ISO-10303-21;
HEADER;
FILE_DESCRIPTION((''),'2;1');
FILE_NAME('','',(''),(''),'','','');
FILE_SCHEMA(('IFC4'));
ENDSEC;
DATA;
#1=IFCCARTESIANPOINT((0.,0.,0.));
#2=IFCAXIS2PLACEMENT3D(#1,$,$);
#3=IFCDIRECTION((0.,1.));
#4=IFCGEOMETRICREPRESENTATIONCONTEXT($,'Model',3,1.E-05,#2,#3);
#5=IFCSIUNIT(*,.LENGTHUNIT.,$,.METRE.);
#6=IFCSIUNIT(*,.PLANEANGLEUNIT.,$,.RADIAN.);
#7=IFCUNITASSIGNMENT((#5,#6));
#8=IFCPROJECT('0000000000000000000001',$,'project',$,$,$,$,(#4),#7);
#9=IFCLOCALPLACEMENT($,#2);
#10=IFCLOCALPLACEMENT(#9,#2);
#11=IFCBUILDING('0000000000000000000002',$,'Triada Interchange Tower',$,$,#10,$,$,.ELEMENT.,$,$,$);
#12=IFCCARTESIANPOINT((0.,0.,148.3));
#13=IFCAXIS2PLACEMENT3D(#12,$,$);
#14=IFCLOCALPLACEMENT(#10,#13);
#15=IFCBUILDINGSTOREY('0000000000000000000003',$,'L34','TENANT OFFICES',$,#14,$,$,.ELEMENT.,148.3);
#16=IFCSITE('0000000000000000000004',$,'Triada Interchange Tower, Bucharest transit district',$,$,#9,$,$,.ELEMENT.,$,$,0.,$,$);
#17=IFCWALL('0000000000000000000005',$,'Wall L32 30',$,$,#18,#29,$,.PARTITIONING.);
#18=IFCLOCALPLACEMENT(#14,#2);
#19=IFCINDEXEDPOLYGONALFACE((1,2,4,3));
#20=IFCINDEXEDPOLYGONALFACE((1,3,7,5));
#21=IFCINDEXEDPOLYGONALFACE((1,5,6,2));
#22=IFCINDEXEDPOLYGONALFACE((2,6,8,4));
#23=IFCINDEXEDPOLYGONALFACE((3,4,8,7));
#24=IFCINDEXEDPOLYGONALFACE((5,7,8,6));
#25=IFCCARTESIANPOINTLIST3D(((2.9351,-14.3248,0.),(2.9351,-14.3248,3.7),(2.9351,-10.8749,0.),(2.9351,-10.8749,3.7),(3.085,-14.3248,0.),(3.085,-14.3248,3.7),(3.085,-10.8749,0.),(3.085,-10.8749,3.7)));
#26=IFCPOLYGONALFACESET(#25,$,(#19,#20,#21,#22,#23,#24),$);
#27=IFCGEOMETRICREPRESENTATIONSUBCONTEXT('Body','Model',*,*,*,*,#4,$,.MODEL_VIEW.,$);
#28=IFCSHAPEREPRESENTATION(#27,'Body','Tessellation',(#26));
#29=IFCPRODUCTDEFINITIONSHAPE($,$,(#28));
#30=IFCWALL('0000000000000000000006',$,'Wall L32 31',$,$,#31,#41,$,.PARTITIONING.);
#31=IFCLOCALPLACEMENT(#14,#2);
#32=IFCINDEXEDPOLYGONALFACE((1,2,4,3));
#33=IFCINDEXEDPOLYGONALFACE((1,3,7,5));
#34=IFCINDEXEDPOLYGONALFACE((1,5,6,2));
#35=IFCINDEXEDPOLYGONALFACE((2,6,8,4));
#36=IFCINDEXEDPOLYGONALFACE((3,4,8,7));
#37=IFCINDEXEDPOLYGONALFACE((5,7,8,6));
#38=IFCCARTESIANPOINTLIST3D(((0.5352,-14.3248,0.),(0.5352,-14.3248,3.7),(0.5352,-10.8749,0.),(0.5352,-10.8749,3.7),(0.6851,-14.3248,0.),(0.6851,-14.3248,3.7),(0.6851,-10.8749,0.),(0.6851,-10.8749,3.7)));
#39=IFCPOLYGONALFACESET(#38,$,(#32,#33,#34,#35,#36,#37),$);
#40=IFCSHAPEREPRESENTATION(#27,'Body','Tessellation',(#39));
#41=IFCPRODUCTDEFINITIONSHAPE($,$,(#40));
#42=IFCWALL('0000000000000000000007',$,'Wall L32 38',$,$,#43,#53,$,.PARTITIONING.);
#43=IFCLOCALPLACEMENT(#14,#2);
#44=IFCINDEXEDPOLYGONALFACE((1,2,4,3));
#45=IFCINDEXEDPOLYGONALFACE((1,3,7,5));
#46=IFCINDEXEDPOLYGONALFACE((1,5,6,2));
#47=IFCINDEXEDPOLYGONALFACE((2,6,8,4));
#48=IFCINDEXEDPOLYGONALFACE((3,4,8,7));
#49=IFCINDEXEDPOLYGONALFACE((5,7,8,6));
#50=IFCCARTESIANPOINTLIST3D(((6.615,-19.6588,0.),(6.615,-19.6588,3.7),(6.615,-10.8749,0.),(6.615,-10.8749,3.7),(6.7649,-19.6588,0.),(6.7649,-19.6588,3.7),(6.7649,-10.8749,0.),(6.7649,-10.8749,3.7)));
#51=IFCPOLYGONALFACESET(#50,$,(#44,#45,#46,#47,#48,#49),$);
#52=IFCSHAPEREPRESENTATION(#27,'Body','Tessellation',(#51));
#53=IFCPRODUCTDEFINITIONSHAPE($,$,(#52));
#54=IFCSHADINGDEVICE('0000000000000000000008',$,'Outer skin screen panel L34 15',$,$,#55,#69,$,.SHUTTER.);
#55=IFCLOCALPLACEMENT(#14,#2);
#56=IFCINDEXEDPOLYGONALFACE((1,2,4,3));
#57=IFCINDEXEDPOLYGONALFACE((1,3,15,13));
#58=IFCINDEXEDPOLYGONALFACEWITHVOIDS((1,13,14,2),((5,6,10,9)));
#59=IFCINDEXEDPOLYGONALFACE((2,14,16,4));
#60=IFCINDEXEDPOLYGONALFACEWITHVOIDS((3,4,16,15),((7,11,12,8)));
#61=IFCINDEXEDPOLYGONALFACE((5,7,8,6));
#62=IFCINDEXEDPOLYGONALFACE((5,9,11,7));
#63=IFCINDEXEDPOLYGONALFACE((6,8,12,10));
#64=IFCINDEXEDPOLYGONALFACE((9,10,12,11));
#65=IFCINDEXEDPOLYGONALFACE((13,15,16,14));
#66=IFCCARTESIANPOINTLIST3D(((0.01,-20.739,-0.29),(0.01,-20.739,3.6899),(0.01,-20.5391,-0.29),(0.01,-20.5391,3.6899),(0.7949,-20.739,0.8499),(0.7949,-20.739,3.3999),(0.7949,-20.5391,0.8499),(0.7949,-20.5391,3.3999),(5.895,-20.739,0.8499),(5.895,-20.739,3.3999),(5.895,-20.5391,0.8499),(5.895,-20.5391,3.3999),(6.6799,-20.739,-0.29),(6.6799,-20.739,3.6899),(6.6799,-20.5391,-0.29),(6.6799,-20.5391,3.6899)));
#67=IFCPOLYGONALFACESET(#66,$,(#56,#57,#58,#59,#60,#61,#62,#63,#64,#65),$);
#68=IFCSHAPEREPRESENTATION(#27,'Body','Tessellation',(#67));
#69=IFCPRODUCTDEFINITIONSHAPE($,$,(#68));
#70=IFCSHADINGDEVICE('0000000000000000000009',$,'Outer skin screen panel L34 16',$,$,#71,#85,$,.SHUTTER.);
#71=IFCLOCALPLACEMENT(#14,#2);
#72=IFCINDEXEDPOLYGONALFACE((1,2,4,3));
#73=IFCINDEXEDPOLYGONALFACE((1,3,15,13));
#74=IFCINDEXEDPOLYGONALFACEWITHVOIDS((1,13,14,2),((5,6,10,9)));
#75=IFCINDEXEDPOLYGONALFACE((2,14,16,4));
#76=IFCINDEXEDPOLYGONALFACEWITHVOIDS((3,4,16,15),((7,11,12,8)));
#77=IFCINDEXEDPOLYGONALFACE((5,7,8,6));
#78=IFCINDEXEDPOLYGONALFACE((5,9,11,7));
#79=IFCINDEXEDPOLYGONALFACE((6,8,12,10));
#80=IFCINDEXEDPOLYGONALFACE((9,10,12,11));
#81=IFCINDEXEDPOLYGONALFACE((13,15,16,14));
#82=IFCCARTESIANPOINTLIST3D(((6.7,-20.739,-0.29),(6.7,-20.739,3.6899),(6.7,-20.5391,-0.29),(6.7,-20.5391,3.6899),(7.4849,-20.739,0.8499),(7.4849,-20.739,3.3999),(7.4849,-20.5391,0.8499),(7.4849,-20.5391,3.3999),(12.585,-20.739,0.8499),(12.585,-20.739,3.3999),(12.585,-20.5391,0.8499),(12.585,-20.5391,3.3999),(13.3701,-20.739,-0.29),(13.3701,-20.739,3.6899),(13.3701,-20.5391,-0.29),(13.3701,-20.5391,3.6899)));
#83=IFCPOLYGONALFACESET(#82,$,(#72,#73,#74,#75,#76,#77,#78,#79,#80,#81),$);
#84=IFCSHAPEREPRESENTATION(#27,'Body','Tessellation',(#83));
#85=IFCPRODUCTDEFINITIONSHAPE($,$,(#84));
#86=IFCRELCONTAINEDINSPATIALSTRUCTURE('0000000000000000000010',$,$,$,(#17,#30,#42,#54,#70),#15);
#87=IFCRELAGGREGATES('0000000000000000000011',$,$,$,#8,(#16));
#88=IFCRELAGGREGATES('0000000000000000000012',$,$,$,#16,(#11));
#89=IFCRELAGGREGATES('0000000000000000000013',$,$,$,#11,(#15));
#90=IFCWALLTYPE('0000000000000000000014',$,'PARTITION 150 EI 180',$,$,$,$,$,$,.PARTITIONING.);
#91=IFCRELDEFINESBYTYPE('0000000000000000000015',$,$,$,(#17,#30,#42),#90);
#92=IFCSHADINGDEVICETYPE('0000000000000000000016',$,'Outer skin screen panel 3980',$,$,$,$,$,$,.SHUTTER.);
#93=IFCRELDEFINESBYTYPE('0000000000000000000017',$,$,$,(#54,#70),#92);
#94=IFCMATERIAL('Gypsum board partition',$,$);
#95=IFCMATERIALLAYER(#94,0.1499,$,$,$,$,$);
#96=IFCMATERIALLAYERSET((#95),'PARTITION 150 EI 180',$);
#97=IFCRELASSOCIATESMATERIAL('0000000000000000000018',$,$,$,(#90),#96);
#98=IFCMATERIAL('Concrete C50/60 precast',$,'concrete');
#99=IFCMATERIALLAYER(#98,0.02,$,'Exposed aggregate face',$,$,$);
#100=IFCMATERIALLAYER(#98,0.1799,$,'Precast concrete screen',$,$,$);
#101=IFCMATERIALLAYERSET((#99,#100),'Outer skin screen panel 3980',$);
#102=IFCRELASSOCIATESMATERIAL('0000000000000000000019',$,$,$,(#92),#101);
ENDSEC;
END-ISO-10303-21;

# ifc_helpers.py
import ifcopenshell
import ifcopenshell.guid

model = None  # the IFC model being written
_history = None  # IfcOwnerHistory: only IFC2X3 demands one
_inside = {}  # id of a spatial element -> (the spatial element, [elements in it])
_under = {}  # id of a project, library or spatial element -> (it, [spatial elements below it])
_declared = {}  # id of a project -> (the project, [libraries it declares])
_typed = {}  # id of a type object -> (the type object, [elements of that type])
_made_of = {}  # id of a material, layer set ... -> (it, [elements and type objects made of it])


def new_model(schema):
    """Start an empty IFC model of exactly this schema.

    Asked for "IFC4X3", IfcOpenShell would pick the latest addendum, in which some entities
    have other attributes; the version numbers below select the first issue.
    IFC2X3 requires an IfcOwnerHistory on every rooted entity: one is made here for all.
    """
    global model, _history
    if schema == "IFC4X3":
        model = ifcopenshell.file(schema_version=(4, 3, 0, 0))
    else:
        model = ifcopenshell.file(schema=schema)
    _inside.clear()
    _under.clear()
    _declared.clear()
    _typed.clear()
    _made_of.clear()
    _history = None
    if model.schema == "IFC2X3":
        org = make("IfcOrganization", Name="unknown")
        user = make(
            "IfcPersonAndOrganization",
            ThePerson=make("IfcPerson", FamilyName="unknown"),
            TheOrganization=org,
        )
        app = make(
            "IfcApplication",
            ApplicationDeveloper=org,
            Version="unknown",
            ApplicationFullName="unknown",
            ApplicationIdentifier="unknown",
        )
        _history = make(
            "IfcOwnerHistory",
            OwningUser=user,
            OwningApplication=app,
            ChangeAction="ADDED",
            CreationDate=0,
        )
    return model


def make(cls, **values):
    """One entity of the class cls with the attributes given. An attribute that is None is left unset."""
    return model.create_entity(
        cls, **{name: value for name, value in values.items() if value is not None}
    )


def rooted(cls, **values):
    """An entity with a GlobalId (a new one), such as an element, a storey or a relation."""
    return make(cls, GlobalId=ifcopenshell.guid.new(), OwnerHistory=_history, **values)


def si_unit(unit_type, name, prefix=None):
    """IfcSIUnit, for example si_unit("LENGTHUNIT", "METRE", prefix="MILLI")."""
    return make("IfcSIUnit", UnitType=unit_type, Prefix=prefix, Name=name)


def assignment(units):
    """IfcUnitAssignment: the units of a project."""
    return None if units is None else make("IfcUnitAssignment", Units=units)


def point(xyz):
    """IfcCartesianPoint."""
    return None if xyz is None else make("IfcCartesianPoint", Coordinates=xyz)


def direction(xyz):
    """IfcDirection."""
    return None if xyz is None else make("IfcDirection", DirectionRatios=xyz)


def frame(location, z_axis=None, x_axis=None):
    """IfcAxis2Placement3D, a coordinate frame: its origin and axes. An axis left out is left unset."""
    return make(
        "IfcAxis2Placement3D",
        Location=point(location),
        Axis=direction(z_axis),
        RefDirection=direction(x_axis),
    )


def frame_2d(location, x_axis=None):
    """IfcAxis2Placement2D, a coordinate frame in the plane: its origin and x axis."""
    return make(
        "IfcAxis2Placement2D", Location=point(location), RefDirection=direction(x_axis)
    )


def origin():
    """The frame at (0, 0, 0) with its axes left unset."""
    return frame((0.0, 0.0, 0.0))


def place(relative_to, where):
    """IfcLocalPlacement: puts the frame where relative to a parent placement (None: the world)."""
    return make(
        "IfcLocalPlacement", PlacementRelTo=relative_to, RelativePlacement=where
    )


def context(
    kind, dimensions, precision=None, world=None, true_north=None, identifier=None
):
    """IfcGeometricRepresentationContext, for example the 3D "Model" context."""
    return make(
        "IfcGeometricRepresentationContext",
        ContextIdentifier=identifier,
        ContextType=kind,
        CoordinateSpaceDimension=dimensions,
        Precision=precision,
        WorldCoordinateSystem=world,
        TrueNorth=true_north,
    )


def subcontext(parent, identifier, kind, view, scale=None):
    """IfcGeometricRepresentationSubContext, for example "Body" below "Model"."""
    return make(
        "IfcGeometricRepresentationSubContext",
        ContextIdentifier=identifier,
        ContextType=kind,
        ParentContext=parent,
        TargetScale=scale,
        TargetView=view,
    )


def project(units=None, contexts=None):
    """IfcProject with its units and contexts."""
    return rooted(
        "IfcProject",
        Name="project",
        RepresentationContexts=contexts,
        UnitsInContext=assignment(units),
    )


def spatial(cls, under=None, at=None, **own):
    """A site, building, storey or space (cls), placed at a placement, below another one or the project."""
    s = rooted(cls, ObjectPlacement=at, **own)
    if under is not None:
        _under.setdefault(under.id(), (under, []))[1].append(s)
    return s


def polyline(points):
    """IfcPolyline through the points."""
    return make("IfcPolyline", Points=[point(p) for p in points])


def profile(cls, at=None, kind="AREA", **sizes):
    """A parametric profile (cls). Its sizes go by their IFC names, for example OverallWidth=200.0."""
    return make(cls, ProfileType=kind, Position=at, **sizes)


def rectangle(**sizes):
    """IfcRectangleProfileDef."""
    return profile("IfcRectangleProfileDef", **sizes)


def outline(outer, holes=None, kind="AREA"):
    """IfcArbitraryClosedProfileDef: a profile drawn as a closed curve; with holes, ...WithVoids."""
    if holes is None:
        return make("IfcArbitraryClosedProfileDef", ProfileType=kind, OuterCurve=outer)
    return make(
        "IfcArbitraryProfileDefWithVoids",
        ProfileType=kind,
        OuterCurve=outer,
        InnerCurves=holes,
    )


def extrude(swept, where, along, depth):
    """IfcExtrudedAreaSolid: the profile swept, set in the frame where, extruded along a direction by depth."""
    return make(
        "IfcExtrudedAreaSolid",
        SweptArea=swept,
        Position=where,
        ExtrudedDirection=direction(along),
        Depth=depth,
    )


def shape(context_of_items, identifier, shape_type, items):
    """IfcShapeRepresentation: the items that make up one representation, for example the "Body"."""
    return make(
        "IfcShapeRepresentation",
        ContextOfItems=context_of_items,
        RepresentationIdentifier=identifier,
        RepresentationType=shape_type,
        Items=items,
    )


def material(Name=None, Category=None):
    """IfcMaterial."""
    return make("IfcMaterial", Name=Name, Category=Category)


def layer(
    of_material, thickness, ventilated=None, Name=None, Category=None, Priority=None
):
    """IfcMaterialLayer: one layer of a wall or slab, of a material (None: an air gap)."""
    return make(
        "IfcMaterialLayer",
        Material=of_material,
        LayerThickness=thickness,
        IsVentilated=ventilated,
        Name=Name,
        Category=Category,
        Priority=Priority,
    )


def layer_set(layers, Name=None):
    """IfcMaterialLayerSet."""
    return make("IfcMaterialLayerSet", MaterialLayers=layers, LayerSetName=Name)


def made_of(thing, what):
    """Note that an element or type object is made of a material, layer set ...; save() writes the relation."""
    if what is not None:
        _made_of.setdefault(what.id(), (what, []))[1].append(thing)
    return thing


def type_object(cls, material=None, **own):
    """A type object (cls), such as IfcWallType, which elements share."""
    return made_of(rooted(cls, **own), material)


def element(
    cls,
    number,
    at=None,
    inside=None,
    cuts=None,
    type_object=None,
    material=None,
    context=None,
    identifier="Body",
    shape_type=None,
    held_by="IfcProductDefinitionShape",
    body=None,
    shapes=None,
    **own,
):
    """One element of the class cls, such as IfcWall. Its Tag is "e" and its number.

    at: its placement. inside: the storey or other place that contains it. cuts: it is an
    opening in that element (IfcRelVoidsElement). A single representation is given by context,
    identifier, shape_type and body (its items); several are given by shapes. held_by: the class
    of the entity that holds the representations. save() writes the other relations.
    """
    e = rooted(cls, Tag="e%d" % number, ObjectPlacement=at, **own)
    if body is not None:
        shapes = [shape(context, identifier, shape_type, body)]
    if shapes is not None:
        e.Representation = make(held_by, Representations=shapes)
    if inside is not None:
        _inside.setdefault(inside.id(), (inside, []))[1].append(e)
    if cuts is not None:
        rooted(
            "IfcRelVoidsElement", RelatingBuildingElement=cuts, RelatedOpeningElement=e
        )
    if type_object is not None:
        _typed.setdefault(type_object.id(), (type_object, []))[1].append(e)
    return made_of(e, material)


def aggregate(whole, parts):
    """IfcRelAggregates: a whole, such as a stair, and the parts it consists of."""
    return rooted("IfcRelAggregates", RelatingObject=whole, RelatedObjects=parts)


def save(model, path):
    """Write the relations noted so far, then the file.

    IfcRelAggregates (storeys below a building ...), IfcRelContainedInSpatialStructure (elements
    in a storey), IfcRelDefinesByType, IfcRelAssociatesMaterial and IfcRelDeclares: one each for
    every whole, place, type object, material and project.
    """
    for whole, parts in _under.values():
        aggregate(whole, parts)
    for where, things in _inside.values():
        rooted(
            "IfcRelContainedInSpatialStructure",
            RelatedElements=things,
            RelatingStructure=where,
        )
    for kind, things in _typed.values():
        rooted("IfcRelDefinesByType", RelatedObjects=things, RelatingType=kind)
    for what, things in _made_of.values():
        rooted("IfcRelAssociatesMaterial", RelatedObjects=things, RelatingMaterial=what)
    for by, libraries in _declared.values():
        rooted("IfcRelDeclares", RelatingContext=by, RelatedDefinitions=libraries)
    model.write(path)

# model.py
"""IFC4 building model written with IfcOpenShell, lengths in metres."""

from ifc_helpers import new_model, si_unit, direction, frame, frame_2d, origin, place, context, subcontext, project, spatial, polyline, rectangle, outline, extrude, material, layer, layer_set, type_object, element, save


model = new_model("IFC4")

# Units and contexts
model_context = context("Model", 3, precision=1e-05, world=origin(), true_north=direction((0.0, 1.0)))
body_context = subcontext(model_context, "Body", "Model", "MODEL_VIEW")
ifc_project = project(units=[si_unit("LENGTHUNIT", "METRE"), si_unit("PLANEANGLEUNIT", "RADIAN")], contexts=[model_context])

# Site, building, storey
site_placement = place(None, origin())
site = spatial("IfcSite", under=ifc_project, at=site_placement, Name="Triada Interchange Tower, Bucharest transit district", CompositionType="ELEMENT", RefElevation=0.0)
building_placement = place(site_placement, origin())
building = spatial("IfcBuilding", under=site, at=building_placement, Name="Triada Interchange Tower", CompositionType="ELEMENT")
storey_placement = place(building_placement, frame((0.0, 0.0, 148.3)))
storey = spatial("IfcBuildingStorey", under=building, at=storey_placement, Name="L34", Description="TENANT OFFICES", CompositionType="ELEMENT", Elevation=148.3)

# Walls
ifc_material_1 = material(Name="Gypsum board partition")
ifc_layer_1 = layer(ifc_material_1, 0.1499)
ifc_layer_set_1 = layer_set([ifc_layer_1], Name="PARTITION 150 EI 180")
wall_type_1 = type_object("IfcWallType", Name="PARTITION 150 EI 180", PredefinedType="PARTITIONING", material=ifc_layer_set_1)
for number, where, z_axis, x_axis, name in (
    (1, (3.01, -14.325, 0.0), (0.0, 0.0, 1.0), (0.0, 1.0, 0.0), "Wall L32 30"),
    (2, (0.6101, -14.325, 0.0), (0.0, 0.0, 1.0), (0.0, 1.0, 0.0), "Wall L32 31"),
):
    element("IfcWall", number, at=place(storey_placement, frame(where, z_axis=z_axis, x_axis=x_axis)), inside=storey, type_object=wall_type_1, Name=name, PredefinedType="PARTITIONING", context=body_context, shape_type="SweptSolid", body=[
        extrude(rectangle(XDim=3.45, YDim=0.1499, at=frame_2d((1.7251, 0.0))), origin(), (0.0, 0.0, 1.0), 3.7),
    ])
wall_1_placement = place(storey_placement, frame((6.6899, -19.6589, 0.0), z_axis=(0.0, 0.0, 1.0), x_axis=(0.0, 1.0, 0.0)))
element("IfcWall", 3, at=wall_1_placement, inside=storey, type_object=wall_type_1, Name="Wall L32 38", PredefinedType="PARTITIONING", context=body_context, shape_type="SweptSolid", body=[
    extrude(rectangle(XDim=8.7839, YDim=0.1499, at=frame_2d((4.3921, 0.0))), origin(), (0.0, 0.0, 1.0), 3.7),
])

# Shading devices
ifc_material_2 = material(Name="Concrete C50/60 precast", Category="concrete")
ifc_layer_2 = layer(ifc_material_2, 0.02, Name="Exposed aggregate face")
ifc_layer_3 = layer(ifc_material_2, 0.1799, Name="Precast concrete screen")
ifc_layer_set_2 = layer_set([ifc_layer_2, ifc_layer_3], Name="Outer skin screen panel 3980")
shading_device_type = type_object("IfcShadingDeviceType", Name="Outer skin screen panel 3980", PredefinedType="SHUTTER", material=ifc_layer_set_2)
shading_device_1_placement = place(storey_placement, frame((0.01, -20.5391, -0.29), z_axis=(0.0, 0.0, 1.0), x_axis=(1.0, 0.0, 0.0)))
element("IfcShadingDevice", 4, at=shading_device_1_placement, inside=storey, type_object=shading_device_type, Name="Outer skin screen panel L34 15", PredefinedType="SHUTTER", context=body_context, shape_type="SweptSolid", body=[
    extrude(outline(polyline([(0.0, 0.0), (6.6699, 0.0), (6.6699, 3.98), (0.0, 3.98), (0.0, 0.0)]), holes=[polyline([(0.7849, 1.1399), (0.7849, 3.6899), (5.885, 3.6899), (5.885, 1.1399), (0.7849, 1.1399)])]), frame((0.0, 0.0, 0.0), z_axis=(0.0, -1.0, 0.0), x_axis=(1.0, 0.0, 0.0)), (0.0, 0.0, 1.0), 0.2),
])
shading_device_2_placement = place(storey_placement, frame((6.7, -20.5391, -0.29), z_axis=(0.0, 0.0, 1.0), x_axis=(1.0, 0.0, 0.0)))
element("IfcShadingDevice", 5, at=shading_device_2_placement, inside=storey, type_object=shading_device_type, Name="Outer skin screen panel L34 16", PredefinedType="SHUTTER", context=body_context, shape_type="SweptSolid", body=[
    extrude(outline(polyline([(0.0, 0.0), (6.6702, 0.0), (6.6702, 3.98), (0.0, 3.98), (0.0, 0.0)]), holes=[polyline([(0.7849, 1.1399), (0.7849, 3.6899), (5.885, 3.6899), (5.885, 1.1399), (0.7849, 1.1399)])]), frame((0.0, 0.0, 0.0), z_axis=(0.0, -1.0, 0.0), x_axis=(1.0, 0.0, 0.0)), (0.0, 0.0, 1.0), 0.2),
])

save(model, "model.ifc")
